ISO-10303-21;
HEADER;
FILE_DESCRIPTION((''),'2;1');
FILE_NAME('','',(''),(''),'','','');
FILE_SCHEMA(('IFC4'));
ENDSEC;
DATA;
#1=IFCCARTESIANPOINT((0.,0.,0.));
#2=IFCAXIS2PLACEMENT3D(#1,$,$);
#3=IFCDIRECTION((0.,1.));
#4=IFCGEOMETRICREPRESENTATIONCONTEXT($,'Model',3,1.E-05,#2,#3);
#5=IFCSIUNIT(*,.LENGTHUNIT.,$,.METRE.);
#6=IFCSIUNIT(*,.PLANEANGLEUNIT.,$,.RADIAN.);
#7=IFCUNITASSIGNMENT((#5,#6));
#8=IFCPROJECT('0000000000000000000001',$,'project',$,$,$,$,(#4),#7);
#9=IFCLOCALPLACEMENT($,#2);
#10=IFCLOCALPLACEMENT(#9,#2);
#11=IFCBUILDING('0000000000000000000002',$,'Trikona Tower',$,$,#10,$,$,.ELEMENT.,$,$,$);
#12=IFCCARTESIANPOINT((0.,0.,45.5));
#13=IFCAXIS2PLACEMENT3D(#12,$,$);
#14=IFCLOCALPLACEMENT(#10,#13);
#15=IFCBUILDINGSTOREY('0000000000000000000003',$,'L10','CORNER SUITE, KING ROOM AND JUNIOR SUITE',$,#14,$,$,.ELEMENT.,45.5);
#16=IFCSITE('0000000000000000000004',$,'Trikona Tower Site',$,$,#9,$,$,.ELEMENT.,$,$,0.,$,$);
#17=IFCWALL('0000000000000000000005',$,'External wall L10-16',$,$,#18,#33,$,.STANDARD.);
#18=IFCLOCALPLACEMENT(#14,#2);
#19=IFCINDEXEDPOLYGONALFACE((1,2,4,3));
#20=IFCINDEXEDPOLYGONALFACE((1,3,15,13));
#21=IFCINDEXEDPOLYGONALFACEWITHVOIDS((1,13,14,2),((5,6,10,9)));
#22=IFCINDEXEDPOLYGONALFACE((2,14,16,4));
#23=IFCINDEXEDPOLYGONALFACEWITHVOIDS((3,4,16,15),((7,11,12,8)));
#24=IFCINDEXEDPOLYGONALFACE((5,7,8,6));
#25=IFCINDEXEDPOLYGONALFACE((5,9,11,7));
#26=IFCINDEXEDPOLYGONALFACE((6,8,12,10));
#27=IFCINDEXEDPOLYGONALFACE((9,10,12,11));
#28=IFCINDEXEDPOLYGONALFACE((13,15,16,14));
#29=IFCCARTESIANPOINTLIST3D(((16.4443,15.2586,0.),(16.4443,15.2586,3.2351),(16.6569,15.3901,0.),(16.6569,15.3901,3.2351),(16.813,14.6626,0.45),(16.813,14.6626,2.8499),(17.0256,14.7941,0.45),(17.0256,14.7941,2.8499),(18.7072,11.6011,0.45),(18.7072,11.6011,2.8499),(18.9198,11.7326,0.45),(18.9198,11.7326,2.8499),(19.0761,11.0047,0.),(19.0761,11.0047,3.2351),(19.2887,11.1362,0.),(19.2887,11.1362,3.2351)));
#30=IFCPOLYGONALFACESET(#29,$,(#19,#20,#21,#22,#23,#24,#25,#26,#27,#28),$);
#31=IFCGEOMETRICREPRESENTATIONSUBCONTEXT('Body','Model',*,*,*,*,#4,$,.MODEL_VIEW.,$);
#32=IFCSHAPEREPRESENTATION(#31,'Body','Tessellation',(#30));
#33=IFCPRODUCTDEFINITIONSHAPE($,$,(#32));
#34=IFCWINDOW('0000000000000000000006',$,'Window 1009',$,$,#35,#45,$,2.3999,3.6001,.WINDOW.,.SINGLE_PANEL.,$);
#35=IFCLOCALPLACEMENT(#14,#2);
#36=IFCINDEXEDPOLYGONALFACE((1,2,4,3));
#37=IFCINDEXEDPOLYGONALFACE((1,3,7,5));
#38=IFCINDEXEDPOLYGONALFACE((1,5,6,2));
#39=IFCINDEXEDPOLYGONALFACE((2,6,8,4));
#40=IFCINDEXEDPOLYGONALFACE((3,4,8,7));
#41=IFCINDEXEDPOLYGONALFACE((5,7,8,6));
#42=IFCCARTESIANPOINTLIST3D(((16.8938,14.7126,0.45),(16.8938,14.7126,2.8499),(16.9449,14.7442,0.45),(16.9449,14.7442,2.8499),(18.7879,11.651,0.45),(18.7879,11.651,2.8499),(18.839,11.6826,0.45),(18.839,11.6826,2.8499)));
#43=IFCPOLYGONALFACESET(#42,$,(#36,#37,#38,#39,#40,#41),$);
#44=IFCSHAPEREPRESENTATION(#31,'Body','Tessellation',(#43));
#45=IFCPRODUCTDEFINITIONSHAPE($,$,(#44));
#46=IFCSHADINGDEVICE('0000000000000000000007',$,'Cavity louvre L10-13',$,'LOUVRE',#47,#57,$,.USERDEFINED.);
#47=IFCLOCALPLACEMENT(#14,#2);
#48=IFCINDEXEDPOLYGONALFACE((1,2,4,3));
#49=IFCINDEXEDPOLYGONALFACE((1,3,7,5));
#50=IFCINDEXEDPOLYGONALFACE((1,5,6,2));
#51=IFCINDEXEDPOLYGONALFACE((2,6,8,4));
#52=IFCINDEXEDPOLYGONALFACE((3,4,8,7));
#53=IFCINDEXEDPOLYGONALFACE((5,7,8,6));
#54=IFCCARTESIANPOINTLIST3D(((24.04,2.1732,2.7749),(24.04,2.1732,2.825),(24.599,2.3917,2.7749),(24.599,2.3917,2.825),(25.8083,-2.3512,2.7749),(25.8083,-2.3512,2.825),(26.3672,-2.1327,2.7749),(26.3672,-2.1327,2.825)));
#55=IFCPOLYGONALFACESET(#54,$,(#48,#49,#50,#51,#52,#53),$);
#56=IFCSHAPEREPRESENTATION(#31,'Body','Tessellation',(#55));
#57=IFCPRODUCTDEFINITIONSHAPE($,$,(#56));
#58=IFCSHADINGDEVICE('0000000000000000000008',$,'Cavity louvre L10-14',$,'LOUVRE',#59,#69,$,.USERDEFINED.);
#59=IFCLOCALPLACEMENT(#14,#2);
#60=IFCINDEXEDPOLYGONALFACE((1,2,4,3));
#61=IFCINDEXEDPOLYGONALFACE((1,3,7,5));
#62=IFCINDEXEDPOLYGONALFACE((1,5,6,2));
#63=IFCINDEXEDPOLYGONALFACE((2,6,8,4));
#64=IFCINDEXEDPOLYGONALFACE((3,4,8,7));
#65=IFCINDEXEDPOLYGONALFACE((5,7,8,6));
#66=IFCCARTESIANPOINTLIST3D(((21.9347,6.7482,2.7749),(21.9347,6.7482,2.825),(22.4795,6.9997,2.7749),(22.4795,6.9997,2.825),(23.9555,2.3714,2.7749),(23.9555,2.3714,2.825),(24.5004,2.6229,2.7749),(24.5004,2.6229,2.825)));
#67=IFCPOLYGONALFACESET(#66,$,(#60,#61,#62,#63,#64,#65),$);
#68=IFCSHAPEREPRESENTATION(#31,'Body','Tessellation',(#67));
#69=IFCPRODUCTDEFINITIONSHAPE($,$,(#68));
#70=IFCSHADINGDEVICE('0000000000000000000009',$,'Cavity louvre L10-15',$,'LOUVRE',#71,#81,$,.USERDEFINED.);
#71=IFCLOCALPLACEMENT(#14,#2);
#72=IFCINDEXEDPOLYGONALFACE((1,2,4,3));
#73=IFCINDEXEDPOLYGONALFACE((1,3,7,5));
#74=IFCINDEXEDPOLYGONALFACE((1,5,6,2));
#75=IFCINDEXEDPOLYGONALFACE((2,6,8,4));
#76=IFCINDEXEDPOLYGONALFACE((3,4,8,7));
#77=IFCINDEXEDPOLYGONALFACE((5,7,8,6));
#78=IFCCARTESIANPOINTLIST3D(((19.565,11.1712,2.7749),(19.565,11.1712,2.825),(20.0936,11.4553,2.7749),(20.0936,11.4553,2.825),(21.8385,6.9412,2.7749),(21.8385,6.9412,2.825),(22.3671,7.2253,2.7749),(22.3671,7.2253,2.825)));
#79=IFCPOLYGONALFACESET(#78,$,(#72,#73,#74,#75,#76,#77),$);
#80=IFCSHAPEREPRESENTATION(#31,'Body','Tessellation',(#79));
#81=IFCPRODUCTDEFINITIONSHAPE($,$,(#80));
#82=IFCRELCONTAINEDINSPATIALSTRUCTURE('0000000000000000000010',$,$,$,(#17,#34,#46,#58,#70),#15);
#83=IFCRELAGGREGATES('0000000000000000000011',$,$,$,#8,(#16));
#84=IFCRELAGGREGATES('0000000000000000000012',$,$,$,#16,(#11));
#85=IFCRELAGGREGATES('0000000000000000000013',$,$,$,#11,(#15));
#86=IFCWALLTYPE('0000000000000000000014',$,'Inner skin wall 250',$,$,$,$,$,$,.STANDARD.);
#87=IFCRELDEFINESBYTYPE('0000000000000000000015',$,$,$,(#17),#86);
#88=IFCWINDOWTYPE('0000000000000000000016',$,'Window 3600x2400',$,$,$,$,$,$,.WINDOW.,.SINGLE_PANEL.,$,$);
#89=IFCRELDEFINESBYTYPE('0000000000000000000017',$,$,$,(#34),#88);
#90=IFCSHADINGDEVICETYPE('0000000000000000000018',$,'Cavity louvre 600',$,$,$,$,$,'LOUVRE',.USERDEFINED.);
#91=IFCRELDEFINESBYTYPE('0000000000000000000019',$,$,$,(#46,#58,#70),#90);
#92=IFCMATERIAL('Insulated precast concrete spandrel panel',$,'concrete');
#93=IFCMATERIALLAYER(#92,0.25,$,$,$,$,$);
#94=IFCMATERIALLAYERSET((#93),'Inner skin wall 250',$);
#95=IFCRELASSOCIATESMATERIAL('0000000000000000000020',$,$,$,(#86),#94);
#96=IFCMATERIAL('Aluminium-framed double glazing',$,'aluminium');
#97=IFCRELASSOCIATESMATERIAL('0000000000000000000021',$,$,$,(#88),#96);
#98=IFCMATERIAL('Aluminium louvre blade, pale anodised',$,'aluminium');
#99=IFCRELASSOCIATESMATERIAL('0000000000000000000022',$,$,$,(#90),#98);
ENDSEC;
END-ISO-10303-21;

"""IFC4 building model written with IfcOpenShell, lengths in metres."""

from ifc_helpers import new_model, si_unit, direction, frame, frame_2d, origin, origin_2d, place, context, subcontext, project, spatial, rectangle, extrude, material, layer, layer_set, type_object, element, fill, save


model = new_model("IFC4")

# Units and contexts
model_context = context("Model", 3, precision=1e-05, world=origin(), true_north=direction((0.0, 1.0)))
body_context = subcontext(model_context, "Body", "Model", "MODEL_VIEW")
ifc_project = project(units=[si_unit("LENGTHUNIT", "METRE"), si_unit("PLANEANGLEUNIT", "RADIAN")], contexts=[model_context])

# Site, building, storey
site_placement = place(None, origin())
site = spatial("IfcSite", under=ifc_project, at=site_placement, Name="Trikona Tower Site", CompositionType="ELEMENT", RefElevation=0.0)
building_placement = place(site_placement, origin())
building = spatial("IfcBuilding", under=site, at=building_placement, Name="Trikona Tower", CompositionType="ELEMENT")
storey_placement = place(building_placement, frame((0.0, 0.0, 45.5)))
storey = spatial("IfcBuildingStorey", under=building, at=storey_placement, Name="L10", Description="CORNER SUITE, KING ROOM AND JUNIOR SUITE", CompositionType="ELEMENT", Elevation=45.5)

# Wall, opening, window
ifc_material_1 = material(Name="Insulated precast concrete spandrel panel", Category="concrete")
ifc_layer_1 = layer(ifc_material_1, 0.25)
ifc_layer_set_1 = layer_set([ifc_layer_1], Name="Inner skin wall 250")
wall_type = type_object("IfcWallType", Name="Inner skin wall 250", PredefinedType="STANDARD", material=ifc_layer_set_1)
ifc_material_2 = material(Name="Aluminium-framed double glazing", Category="aluminium")
window_type = type_object("IfcWindowType", Name="Window 3600x2400", PartitioningType="SINGLE_PANEL", PredefinedType="WINDOW", material=ifc_material_2)
wall_1_placement = place(storey_placement, frame((19.1824, 11.0706, 0.0), z_axis=(0.0, 0.0, 1.0), x_axis=(-0.526133, 0.850402, 0.0)))
wall_1 = element("IfcWall", 1, at=wall_1_placement, inside=storey, type_object=wall_type, Name="External wall L10-16", PredefinedType="STANDARD", context=body_context, shape_type="SweptSolid", body=[
    extrude(rectangle(XDim=5.0022, YDim=0.25, at=frame_2d((2.501, 0.0))), origin(), (0.0, 0.0, 1.0), 3.2351),
])
opening_1_placement = place(wall_1_placement, frame((0.7012, 0.0, 0.45)))
opening_1 = element("IfcOpeningElement", 2, at=opening_1_placement, cuts=wall_1, PredefinedType="OPENING", context=body_context, shape_type="SweptSolid", body=[
    extrude(rectangle(XDim=3.6001, YDim=2.3999, at=frame_2d((1.8, 1.2))), frame((0.0, 0.135, 0.0), z_axis=(0.0, -1.0, 0.0), x_axis=(1.0, 0.0, 0.0)), (0.0, 0.0, 1.0), 0.27),
])
window_1_placement = place(opening_1_placement, origin())
window_1 = element("IfcWindow", 3, at=window_1_placement, inside=storey, type_object=window_type, Name="Window 1009", OverallHeight=2.3999, OverallWidth=3.6001, PartitioningType="SINGLE_PANEL", PredefinedType="WINDOW", context=body_context, shape_type="SweptSolid", body=[
    extrude(rectangle(XDim=3.6001, YDim=2.3999, at=frame_2d((1.8, 1.2))), frame((0.0, 0.03, 0.0), z_axis=(0.0, -1.0, 0.0), x_axis=(1.0, 0.0, 0.0)), (0.0, 0.0, 1.0), 0.0601),
])
fill(opening_1, window_1)

# Shading devices
ifc_material_3 = material(Name="Aluminium louvre blade, pale anodised", Category="aluminium")
shading_device_type = type_object("IfcShadingDeviceType", Name="Cavity louvre 600", ElementType="LOUVRE", PredefinedType="USERDEFINED", material=ifc_material_3)
shading_device_1_placement = place(storey_placement, frame((25.2036, 0.0203, 2.7749), z_axis=(0.0, 0.0, 1.0), x_axis=(-0.364009, 0.931395, 0.0)))
element("IfcShadingDevice", 4, at=shading_device_1_placement, inside=storey, type_object=shading_device_type, Name="Cavity louvre L10-13", ObjectType="LOUVRE", PredefinedType="USERDEFINED", context=body_context, shape_type="SweptSolid", body=[
    extrude(rectangle(XDim=4.8577, YDim=0.6001, at=origin_2d()), origin(), (0.0, 0.0, 1.0), 0.05),
])
shading_device_2_placement = place(storey_placement, frame((23.2175, 4.6855, 2.7749), z_axis=(0.0, 0.0, 1.0), x_axis=(-0.419194, 0.907897, 0.0)))
element("IfcShadingDevice", 5, at=shading_device_2_placement, inside=storey, type_object=shading_device_type, Name="Cavity louvre L10-14", ObjectType="LOUVRE", PredefinedType="USERDEFINED", context=body_context, shape_type="SweptSolid", body=[
    extrude(rectangle(XDim=4.8208, YDim=0.6001, at=origin_2d()), origin(), (0.0, 0.0, 1.0), 0.05),
])
shading_device_3_placement = place(storey_placement, frame((20.9661, 9.1982, 2.7749), z_axis=(0.0, 0.0, 1.0), x_axis=(-0.473423, 0.880835, 0.0)))
element("IfcShadingDevice", 6, at=shading_device_3_placement, inside=storey, type_object=shading_device_type, Name="Cavity louvre L10-15", ObjectType="LOUVRE", PredefinedType="USERDEFINED", context=body_context, shape_type="SweptSolid", body=[
    extrude(rectangle(XDim=4.8022, YDim=0.6001, at=origin_2d()), origin(), (0.0, 0.0, 1.0), 0.05),
])

save(model, "model.ifc")
